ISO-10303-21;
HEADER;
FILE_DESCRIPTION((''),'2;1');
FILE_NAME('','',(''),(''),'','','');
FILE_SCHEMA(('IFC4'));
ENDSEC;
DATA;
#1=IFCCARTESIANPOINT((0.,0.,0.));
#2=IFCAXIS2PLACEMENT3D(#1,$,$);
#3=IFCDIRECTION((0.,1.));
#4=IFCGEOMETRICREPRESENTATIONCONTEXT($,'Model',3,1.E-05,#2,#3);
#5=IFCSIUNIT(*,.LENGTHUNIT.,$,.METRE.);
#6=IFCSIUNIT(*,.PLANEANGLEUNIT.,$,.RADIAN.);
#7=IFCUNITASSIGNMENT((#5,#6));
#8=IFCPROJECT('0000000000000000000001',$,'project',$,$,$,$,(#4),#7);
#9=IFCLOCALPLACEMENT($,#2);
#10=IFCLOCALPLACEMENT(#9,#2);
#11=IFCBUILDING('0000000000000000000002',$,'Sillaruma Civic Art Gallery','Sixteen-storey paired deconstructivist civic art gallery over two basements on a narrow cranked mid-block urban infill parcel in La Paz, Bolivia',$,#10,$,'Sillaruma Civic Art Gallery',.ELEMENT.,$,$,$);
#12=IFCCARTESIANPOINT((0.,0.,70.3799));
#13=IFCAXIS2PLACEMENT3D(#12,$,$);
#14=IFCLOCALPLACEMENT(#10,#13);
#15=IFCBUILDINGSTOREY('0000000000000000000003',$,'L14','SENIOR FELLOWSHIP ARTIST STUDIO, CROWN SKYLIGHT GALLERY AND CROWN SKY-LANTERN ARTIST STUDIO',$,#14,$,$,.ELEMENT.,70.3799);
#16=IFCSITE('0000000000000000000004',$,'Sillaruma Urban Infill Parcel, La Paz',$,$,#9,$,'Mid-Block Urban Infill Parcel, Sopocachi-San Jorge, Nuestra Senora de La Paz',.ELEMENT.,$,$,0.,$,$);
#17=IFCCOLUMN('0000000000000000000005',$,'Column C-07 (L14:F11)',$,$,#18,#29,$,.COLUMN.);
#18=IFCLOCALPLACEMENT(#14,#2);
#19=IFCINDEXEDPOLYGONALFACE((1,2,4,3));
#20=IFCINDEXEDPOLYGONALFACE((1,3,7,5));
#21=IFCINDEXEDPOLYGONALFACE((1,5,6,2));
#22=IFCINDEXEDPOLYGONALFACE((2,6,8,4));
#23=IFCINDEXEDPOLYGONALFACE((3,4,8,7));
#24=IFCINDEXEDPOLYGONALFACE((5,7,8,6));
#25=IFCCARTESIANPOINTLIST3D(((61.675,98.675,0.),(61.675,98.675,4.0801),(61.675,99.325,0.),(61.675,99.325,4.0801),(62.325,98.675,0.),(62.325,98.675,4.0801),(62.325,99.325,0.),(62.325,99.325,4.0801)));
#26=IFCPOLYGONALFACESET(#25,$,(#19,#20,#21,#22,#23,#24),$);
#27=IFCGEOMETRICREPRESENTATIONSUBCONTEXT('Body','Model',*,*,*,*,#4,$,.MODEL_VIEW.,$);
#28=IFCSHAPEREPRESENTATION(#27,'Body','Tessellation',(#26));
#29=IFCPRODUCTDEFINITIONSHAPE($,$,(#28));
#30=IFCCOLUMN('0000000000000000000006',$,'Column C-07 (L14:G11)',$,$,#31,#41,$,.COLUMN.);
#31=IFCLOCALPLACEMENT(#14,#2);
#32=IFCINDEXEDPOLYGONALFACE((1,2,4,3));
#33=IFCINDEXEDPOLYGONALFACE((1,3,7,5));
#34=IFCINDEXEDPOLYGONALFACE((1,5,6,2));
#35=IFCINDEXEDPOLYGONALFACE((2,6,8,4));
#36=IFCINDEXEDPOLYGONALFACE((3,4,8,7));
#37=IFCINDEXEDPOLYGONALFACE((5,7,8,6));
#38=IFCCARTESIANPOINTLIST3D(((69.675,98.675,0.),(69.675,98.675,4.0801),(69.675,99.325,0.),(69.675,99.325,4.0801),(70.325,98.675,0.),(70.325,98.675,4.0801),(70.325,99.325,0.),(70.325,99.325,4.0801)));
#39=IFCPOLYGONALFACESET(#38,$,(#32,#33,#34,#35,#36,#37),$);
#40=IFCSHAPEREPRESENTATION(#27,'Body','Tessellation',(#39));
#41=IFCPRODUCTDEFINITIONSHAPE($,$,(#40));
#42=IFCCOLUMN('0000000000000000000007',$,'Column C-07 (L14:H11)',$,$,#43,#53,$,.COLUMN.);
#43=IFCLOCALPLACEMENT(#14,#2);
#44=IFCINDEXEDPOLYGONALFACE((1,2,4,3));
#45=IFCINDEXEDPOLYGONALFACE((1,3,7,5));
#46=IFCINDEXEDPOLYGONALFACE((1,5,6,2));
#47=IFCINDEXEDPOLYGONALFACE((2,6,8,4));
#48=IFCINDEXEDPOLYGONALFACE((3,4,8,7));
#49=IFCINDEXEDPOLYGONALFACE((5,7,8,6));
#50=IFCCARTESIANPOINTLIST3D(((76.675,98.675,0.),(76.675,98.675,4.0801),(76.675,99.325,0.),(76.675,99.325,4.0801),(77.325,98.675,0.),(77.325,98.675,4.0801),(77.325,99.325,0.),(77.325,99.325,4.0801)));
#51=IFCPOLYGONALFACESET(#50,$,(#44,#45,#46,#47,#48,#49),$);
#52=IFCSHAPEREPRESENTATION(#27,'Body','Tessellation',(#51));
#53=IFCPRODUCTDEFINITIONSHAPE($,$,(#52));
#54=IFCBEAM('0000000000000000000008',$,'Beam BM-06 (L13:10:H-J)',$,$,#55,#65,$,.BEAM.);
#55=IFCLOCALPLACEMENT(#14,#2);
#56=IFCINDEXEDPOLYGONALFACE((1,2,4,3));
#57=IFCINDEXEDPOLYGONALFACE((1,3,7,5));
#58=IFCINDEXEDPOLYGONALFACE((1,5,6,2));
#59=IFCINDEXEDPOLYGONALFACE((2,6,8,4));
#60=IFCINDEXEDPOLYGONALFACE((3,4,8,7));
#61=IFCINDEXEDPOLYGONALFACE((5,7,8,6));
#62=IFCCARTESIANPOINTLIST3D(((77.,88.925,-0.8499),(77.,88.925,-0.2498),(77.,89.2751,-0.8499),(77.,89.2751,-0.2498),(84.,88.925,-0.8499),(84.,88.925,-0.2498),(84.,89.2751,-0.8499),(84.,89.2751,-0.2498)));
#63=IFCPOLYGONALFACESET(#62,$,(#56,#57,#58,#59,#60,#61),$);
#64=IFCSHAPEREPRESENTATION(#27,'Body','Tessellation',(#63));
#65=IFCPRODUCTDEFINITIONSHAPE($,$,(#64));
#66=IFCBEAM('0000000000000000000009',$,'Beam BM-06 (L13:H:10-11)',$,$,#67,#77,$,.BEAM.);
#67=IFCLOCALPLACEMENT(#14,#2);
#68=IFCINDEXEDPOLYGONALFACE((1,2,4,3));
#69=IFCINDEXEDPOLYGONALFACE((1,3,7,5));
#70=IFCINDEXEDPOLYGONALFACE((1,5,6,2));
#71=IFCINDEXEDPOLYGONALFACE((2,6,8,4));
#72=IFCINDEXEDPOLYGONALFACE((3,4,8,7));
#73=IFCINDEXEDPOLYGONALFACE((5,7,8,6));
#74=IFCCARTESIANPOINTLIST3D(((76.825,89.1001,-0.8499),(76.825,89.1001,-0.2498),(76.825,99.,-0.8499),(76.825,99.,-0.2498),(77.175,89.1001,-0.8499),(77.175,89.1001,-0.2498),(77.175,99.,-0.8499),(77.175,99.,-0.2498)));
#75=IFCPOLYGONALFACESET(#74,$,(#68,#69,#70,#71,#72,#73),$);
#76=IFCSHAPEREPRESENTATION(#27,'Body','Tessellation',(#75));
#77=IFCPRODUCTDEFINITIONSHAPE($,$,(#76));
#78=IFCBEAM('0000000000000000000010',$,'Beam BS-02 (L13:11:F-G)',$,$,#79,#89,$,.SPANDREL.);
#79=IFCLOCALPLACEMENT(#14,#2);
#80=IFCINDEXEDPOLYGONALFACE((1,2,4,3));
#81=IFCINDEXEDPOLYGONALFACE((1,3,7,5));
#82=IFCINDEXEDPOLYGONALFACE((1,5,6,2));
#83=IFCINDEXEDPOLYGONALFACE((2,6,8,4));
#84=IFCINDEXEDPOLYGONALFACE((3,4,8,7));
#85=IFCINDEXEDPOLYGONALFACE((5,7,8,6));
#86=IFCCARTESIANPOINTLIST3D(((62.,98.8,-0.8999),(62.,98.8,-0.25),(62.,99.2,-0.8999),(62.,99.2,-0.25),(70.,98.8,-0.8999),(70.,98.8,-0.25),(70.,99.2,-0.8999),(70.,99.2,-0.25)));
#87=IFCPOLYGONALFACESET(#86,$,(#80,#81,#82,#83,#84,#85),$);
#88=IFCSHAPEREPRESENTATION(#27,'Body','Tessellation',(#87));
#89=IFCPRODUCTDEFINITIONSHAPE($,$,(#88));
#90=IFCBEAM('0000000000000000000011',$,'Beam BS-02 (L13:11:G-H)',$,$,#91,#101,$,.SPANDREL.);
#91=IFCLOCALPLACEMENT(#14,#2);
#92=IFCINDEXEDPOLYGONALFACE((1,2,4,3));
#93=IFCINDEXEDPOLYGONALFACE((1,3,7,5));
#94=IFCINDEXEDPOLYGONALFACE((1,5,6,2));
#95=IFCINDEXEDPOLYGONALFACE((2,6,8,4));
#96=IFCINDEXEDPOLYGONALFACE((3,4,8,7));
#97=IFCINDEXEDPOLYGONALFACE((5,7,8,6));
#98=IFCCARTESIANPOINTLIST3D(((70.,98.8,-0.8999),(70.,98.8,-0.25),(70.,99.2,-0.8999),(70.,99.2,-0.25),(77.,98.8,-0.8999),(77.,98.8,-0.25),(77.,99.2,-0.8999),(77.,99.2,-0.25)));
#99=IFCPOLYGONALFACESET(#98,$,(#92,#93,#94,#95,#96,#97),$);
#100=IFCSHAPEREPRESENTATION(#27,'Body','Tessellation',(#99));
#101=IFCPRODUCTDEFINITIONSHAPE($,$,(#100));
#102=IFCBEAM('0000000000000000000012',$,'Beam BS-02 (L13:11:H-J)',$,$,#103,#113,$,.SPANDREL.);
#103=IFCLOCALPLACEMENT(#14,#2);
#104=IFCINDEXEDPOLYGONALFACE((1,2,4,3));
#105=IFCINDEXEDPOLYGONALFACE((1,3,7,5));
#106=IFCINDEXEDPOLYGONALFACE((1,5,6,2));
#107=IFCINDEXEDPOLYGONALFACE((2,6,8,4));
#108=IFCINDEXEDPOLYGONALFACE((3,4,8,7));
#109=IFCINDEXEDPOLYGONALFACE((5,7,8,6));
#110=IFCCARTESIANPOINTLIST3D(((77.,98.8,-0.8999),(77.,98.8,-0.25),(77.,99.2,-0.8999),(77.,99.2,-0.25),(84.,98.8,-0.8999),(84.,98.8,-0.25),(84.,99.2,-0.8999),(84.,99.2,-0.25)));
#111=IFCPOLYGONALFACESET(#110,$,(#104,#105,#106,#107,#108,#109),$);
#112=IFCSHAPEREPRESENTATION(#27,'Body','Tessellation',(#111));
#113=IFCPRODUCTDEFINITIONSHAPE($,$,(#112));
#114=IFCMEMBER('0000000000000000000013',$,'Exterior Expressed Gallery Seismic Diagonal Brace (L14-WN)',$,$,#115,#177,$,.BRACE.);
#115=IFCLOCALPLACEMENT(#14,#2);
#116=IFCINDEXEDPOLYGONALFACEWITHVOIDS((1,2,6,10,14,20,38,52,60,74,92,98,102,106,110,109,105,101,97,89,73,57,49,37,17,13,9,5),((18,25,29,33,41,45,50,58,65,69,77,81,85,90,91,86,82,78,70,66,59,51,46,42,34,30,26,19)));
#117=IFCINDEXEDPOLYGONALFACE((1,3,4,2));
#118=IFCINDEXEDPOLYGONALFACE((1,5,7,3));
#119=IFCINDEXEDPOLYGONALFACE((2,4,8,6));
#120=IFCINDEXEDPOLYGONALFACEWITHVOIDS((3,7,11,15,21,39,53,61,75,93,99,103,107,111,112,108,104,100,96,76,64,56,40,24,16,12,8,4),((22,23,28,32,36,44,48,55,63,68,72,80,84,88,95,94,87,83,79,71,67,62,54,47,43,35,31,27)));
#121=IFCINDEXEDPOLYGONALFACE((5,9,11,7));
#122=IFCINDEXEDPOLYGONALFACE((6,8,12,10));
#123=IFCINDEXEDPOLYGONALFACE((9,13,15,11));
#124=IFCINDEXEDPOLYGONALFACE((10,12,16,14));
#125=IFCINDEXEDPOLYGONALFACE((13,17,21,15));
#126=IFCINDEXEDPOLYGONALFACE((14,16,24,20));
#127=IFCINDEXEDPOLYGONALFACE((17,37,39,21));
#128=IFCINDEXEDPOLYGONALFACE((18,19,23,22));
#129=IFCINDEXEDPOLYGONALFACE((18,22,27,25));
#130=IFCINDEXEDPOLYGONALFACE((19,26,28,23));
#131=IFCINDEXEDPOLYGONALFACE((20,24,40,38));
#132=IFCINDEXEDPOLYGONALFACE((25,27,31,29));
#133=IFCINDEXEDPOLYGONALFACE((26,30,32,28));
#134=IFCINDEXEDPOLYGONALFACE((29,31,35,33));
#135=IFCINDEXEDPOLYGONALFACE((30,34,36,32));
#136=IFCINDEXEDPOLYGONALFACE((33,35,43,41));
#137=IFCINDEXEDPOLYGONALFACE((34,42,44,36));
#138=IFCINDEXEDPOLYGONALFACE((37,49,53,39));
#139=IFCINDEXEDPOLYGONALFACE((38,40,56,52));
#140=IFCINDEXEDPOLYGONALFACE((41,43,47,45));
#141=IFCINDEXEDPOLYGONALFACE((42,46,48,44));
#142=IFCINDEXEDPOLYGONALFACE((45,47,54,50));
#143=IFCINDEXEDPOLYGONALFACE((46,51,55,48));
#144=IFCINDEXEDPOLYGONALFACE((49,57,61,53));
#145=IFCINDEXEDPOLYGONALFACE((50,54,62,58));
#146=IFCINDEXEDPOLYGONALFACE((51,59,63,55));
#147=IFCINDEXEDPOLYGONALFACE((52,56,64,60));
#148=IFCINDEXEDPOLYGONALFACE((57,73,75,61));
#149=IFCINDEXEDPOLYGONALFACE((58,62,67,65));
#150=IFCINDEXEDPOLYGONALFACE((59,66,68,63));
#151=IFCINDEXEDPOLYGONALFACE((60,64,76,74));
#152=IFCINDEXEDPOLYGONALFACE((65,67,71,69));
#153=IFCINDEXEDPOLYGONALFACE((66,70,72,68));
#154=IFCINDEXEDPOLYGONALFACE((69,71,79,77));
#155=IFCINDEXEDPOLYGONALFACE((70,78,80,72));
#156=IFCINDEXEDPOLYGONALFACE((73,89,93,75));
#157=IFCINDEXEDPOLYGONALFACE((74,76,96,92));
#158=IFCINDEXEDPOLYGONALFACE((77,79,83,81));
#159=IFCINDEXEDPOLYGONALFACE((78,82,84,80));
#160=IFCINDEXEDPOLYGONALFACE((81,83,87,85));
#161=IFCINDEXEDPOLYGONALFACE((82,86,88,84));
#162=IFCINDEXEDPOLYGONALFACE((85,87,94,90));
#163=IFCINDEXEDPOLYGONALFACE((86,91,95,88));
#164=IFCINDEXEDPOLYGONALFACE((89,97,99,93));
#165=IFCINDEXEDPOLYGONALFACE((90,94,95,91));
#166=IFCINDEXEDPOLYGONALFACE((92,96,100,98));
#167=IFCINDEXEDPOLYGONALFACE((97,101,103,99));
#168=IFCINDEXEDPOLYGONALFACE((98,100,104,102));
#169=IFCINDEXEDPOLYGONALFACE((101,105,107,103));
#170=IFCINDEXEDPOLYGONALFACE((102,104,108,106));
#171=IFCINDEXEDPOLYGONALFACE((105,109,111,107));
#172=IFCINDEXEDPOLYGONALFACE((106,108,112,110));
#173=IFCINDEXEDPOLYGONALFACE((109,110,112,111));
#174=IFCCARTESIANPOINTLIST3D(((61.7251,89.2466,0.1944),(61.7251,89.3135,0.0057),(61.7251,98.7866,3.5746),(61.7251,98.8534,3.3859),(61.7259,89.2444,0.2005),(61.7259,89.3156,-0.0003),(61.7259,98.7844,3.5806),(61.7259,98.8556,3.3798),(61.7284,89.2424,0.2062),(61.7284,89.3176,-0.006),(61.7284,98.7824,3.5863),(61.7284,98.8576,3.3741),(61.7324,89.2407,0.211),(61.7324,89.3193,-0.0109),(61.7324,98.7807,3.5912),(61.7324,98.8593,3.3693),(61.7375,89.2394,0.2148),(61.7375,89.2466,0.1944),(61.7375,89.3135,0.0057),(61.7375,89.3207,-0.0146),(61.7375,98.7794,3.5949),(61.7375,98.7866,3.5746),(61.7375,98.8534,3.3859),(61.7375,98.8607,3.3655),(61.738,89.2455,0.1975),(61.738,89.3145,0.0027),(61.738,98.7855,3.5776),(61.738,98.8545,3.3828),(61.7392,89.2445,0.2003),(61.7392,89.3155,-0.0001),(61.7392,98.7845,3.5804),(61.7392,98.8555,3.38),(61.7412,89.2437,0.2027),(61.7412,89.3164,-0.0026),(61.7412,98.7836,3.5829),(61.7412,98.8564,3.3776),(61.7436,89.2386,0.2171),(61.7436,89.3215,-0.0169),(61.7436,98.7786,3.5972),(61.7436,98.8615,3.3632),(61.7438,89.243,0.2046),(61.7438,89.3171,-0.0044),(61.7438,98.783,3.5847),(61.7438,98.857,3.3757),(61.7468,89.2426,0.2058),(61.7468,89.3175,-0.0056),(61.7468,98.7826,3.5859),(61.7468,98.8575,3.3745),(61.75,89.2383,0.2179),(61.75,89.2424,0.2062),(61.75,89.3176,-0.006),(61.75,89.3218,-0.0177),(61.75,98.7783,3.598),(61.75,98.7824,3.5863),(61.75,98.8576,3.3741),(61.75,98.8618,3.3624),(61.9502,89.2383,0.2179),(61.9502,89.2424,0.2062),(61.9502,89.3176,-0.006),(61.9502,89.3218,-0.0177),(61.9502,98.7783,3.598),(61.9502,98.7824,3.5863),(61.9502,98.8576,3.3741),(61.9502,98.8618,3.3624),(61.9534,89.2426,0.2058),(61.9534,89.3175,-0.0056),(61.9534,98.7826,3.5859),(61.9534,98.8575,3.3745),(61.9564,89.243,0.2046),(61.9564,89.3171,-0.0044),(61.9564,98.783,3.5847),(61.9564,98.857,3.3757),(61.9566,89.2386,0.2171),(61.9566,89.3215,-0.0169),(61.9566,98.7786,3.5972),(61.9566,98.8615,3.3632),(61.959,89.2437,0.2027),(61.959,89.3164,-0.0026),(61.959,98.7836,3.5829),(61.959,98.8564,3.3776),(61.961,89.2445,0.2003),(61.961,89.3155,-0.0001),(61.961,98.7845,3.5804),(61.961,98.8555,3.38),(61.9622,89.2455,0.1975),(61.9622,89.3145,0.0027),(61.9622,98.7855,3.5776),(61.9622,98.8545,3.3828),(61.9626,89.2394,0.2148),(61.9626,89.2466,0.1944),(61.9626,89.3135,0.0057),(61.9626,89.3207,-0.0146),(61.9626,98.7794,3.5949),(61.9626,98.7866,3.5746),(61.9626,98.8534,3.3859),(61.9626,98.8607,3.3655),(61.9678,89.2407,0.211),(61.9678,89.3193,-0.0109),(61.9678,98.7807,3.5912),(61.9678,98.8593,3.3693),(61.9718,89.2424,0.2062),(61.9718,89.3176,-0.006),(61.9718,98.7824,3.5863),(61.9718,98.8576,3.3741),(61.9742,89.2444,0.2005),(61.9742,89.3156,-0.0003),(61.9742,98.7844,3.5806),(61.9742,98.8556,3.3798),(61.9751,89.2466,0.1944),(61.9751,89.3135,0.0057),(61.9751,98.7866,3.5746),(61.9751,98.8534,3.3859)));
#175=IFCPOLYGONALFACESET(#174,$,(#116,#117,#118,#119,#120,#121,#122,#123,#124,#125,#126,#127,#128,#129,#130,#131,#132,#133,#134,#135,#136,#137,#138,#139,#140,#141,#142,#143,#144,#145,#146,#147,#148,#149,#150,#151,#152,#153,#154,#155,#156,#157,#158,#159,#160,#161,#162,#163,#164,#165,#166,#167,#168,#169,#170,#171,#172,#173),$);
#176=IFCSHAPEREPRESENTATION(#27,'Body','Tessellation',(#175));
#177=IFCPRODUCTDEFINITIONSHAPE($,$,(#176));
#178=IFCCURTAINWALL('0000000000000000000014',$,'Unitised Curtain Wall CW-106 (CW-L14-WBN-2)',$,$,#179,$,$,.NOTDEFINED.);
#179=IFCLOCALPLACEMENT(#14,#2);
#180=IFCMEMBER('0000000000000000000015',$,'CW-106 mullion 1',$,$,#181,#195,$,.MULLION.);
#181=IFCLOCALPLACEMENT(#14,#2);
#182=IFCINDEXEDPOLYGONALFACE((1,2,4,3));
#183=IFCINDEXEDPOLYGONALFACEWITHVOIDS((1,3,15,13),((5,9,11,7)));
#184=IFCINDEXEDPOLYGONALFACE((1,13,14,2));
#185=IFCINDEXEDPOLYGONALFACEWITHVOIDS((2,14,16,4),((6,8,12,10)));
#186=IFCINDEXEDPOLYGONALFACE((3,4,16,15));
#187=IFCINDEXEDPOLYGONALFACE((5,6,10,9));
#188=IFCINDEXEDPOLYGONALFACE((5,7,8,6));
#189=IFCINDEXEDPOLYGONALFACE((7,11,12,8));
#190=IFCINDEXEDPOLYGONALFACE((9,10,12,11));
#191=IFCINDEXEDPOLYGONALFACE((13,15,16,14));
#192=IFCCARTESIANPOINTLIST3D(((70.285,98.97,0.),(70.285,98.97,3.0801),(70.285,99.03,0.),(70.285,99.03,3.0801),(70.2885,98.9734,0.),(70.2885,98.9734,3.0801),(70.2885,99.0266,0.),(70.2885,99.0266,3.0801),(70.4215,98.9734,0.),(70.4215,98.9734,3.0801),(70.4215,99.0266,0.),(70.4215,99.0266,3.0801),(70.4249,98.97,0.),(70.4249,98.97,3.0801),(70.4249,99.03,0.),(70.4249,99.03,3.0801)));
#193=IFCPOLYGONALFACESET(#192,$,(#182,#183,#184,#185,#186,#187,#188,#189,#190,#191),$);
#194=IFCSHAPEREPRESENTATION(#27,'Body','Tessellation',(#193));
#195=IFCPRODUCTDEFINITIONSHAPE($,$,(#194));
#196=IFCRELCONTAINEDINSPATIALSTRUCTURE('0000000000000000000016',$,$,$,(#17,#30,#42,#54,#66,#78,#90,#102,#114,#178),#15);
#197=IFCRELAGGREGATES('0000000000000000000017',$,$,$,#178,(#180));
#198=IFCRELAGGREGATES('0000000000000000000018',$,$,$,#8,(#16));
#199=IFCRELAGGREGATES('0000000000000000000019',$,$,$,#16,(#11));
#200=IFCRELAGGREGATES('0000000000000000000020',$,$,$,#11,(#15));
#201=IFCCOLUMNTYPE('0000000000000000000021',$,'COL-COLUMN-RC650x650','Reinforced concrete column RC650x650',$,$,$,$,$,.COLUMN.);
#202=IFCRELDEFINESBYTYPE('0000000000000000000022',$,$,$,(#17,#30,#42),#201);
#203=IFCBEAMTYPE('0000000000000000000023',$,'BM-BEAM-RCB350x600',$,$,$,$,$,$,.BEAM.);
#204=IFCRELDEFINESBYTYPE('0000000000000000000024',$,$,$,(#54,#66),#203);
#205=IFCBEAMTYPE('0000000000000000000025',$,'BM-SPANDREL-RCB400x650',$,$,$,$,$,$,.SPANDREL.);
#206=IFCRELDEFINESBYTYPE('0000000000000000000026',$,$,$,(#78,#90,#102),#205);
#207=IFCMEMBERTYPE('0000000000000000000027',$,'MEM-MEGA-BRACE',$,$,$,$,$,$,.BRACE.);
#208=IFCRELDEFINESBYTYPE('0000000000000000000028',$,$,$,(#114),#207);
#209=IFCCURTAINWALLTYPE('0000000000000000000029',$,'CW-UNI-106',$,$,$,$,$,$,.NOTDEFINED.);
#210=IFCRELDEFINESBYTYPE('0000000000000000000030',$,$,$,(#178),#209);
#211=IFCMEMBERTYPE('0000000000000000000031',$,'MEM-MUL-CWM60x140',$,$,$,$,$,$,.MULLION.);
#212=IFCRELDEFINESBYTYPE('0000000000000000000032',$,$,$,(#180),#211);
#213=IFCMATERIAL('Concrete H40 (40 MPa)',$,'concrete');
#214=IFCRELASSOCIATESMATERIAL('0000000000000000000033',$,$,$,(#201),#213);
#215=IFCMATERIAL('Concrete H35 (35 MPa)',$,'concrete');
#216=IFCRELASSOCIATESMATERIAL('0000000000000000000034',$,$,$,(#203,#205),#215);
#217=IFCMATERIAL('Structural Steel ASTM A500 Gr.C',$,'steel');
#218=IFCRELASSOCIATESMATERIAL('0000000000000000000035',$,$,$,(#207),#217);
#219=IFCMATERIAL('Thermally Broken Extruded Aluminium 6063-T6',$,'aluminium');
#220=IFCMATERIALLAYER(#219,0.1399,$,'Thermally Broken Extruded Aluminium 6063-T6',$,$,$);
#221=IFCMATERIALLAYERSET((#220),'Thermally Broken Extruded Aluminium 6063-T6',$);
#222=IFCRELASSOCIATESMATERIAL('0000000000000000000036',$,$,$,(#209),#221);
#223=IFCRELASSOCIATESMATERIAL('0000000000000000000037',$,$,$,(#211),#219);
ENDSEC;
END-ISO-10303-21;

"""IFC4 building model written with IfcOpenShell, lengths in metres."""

from ifc_helpers import new_model, si_unit, direction, frame, origin, origin_2d, place, context, subcontext, project, spatial, rectangle, hollow_rectangle, extrude, material, layer, layer_set, material_profile, profile_set, type_object, element, aggregate, save


model = new_model("IFC4")

# Units and contexts
model_context = context("Model", 3, precision=1e-05, world=origin(), true_north=direction((0.0, 1.0)))
body_context = subcontext(model_context, "Body", "Model", "MODEL_VIEW")
ifc_project = project(units=[si_unit("LENGTHUNIT", "METRE"), si_unit("PLANEANGLEUNIT", "RADIAN")], contexts=[model_context])

# Site, building, storey
site_placement = place(None, origin())
site = spatial("IfcSite", under=ifc_project, at=site_placement, Name="Sillaruma Urban Infill Parcel, La Paz", LongName="Mid-Block Urban Infill Parcel, Sopocachi-San Jorge, Nuestra Senora de La Paz", CompositionType="ELEMENT", RefElevation=0.0)
building_placement = place(site_placement, origin())
building = spatial("IfcBuilding", under=site, at=building_placement, Name="Sillaruma Civic Art Gallery", Description="Sixteen-storey paired deconstructivist civic art gallery over two basements on a narrow cranked mid-block urban infill parcel in La Paz, Bolivia", LongName="Sillaruma Civic Art Gallery", CompositionType="ELEMENT")
storey_placement = place(building_placement, frame((0.0, 0.0, 70.3799)))
storey = spatial("IfcBuildingStorey", under=building, at=storey_placement, Name="L14", Description="SENIOR FELLOWSHIP ARTIST STUDIO, CROWN SKYLIGHT GALLERY AND CROWN SKY-LANTERN ARTIST STUDIO", CompositionType="ELEMENT", Elevation=70.3799)

# Columns
ifc_material_1 = material(Name="Concrete H40 (40 MPa)", Category="concrete")
ifc_material_profile_1 = material_profile(ifc_material_1, rectangle(XDim=0.6499, YDim=0.6499, at=origin_2d()), Name="RC650x650")
ifc_profile_set_1 = profile_set([ifc_material_profile_1], Name="Concrete H40 (40 MPa)")
column_type = type_object("IfcColumnType", Name="COL-COLUMN-RC650x650", Description="Reinforced concrete column RC650x650", PredefinedType="COLUMN", material=ifc_profile_set_1)
for number, where, z_axis, x_axis, name in (
    (1, (62.0, 99.0, 0.0), (0.0, 0.0, 1.0), (1.0, 0.0, 0.0), "Column C-07 (L14:F11)"),
    (2, (70.0, 99.0, 0.0), (0.0, 0.0, 1.0), (1.0, 0.0, 0.0), "Column C-07 (L14:G11)"),
    (3, (77.0, 99.0, 0.0), (0.0, 0.0, 1.0), (1.0, 0.0, 0.0), "Column C-07 (L14:H11)"),
):
    element("IfcColumn", number, at=place(storey_placement, frame(where, z_axis=z_axis, x_axis=x_axis)), inside=storey, type_object=column_type, Name=name, PredefinedType="COLUMN", context=body_context, shape_type="SweptSolid", body=[
        extrude(rectangle(XDim=0.6499, YDim=0.6499, at=origin_2d()), origin(), (0.0, 0.0, 1.0), 4.0801),
    ])

# Beams
ifc_material_2 = material(Name="Concrete H35 (35 MPa)", Category="concrete")
ifc_material_profile_2 = material_profile(ifc_material_2, rectangle(XDim=0.3501, YDim=0.6001, at=origin_2d()), Name="RCB350x600")
ifc_profile_set_2 = profile_set([ifc_material_profile_2], Name="Concrete H35 (35 MPa)")
beam_type_1 = type_object("IfcBeamType", Name="BM-BEAM-RCB350x600", PredefinedType="BEAM", material=ifc_profile_set_2)
beam_1_placement = place(storey_placement, frame((77.0, 89.1001, -0.5498), z_axis=(1.0, 0.0, 0.0), x_axis=(0.0, 1.0, 0.0)))
element("IfcBeam", 4, at=beam_1_placement, inside=storey, type_object=beam_type_1, Name="Beam BM-06 (L13:10:H-J)", PredefinedType="BEAM", context=body_context, shape_type="SweptSolid", body=[
    extrude(rectangle(XDim=0.3501, YDim=0.6001, at=origin_2d()), origin(), (0.0, 0.0, 1.0), 7.0),
])
beam_2_placement = place(storey_placement, frame((77.0, 89.1001, -0.5498), z_axis=(0.0, 1.0, 0.0), x_axis=(-1.0, 0.0, 0.0)))
element("IfcBeam", 5, at=beam_2_placement, inside=storey, type_object=beam_type_1, Name="Beam BM-06 (L13:H:10-11)", PredefinedType="BEAM", context=body_context, shape_type="SweptSolid", body=[
    extrude(rectangle(XDim=0.3501, YDim=0.6001, at=origin_2d()), origin(), (0.0, 0.0, 1.0), 9.8999),
])
ifc_material_profile_3 = material_profile(ifc_material_2, rectangle(XDim=0.3999, YDim=0.6499, at=origin_2d()), Name="RCB400x650")
ifc_profile_set_3 = profile_set([ifc_material_profile_3], Name="Concrete H35 (35 MPa)")
beam_type_2 = type_object("IfcBeamType", Name="BM-SPANDREL-RCB400x650", PredefinedType="SPANDREL", material=ifc_profile_set_3)
beam_3_placement = place(storey_placement, frame((62.0, 99.0, -0.575), z_axis=(1.0, 0.0, 0.0), x_axis=(0.0, 1.0, 0.0)))
element("IfcBeam", 6, at=beam_3_placement, inside=storey, type_object=beam_type_2, Name="Beam BS-02 (L13:11:F-G)", PredefinedType="SPANDREL", context=body_context, shape_type="SweptSolid", body=[
    extrude(rectangle(XDim=0.3999, YDim=0.6499, at=origin_2d()), origin(), (0.0, 0.0, 1.0), 8.0),
])
for number, where, z_axis, x_axis, name in (
    (7, (70.0, 99.0, -0.575), (1.0, 0.0, 0.0), (0.0, 1.0, 0.0), "Beam BS-02 (L13:11:G-H)"),
    (8, (77.0, 99.0, -0.575), (1.0, 0.0, 0.0), (0.0, 1.0, 0.0), "Beam BS-02 (L13:11:H-J)"),
):
    element("IfcBeam", number, at=place(storey_placement, frame(where, z_axis=z_axis, x_axis=x_axis)), inside=storey, type_object=beam_type_2, Name=name, PredefinedType="SPANDREL", context=body_context, shape_type="SweptSolid", body=[
        extrude(rectangle(XDim=0.3999, YDim=0.6499, at=origin_2d()), origin(), (0.0, 0.0, 1.0), 7.0),
    ])

# Member
ifc_material_3 = material(Name="Structural Steel ASTM A500 Gr.C", Category="steel")
ifc_material_profile_4 = material_profile(ifc_material_3, hollow_rectangle(XDim=0.25, YDim=0.25, WallThickness=0.0125, InnerFilletRadius=0.0125, OuterFilletRadius=0.0249, at=origin_2d()), Name="HSS250x250x12.5")
ifc_profile_set_4 = profile_set([ifc_material_profile_4], Name="Structural Steel ASTM A500 Gr.C")
member_type_1 = type_object("IfcMemberType", Name="MEM-MEGA-BRACE", PredefinedType="BRACE", material=ifc_profile_set_4)
member_1_placement = place(storey_placement, frame((61.8501, 89.28, 0.1001), z_axis=(0.0, 0.942585, 0.333967), x_axis=(-1.0, 0.0, 0.0)))
element("IfcMember", 9, at=member_1_placement, inside=storey, type_object=member_type_1, Name="Exterior Expressed Gallery Seismic Diagonal Brace (L14-WN)", PredefinedType="BRACE", context=body_context, shape_type="SweptSolid", body=[
    extrude(hollow_rectangle(XDim=0.25, YDim=0.25, WallThickness=0.0125, InnerFilletRadius=0.0125, OuterFilletRadius=0.0249, at=origin_2d()), origin(), (0.0, 0.0, 1.0), 10.1211),
])

# Curtain wall, member
ifc_material_4 = material(Name="Thermally Broken Extruded Aluminium 6063-T6", Category="aluminium")
ifc_layer_1 = layer(ifc_material_4, 0.1399, Name="Thermally Broken Extruded Aluminium 6063-T6")
ifc_layer_set_1 = layer_set([ifc_layer_1], Name="Thermally Broken Extruded Aluminium 6063-T6")
curtain_wall_type_1 = type_object("IfcCurtainWallType", Name="CW-UNI-106", PredefinedType="NOTDEFINED", material=ifc_layer_set_1)
curtain_wall_1_placement = place(storey_placement, origin())
curtain_wall_1 = element("IfcCurtainWall", 10, at=curtain_wall_1_placement, inside=storey, type_object=curtain_wall_type_1, Name="Unitised Curtain Wall CW-106 (CW-L14-WBN-2)", PredefinedType="NOTDEFINED")
ifc_material_profile_5 = material_profile(ifc_material_4, hollow_rectangle(XDim=0.0601, YDim=0.1399, WallThickness=0.0034, at=origin_2d()), Name="CWM60x140")
ifc_profile_set_5 = profile_set([ifc_material_profile_5], Name="Thermally Broken Extruded Aluminium 6063-T6")
member_type_2 = type_object("IfcMemberType", Name="MEM-MUL-CWM60x140", PredefinedType="MULLION", material=ifc_profile_set_5)
member_2_placement = place(storey_placement, frame((70.355, 99.0, 0.0), z_axis=(0.0, 0.0, 1.0), x_axis=(0.0, 1.0, 0.0)))
member_2 = element("IfcMember", 11, at=member_2_placement, type_object=member_type_2, Name="CW-106 mullion 1", PredefinedType="MULLION", context=body_context, shape_type="SweptSolid", body=[
    extrude(hollow_rectangle(XDim=0.0601, YDim=0.1399, WallThickness=0.0034, at=origin_2d()), origin(), (0.0, 0.0, 1.0), 3.0801),
])

aggregate(curtain_wall_1, [member_2])

save(model, "model.ifc")
